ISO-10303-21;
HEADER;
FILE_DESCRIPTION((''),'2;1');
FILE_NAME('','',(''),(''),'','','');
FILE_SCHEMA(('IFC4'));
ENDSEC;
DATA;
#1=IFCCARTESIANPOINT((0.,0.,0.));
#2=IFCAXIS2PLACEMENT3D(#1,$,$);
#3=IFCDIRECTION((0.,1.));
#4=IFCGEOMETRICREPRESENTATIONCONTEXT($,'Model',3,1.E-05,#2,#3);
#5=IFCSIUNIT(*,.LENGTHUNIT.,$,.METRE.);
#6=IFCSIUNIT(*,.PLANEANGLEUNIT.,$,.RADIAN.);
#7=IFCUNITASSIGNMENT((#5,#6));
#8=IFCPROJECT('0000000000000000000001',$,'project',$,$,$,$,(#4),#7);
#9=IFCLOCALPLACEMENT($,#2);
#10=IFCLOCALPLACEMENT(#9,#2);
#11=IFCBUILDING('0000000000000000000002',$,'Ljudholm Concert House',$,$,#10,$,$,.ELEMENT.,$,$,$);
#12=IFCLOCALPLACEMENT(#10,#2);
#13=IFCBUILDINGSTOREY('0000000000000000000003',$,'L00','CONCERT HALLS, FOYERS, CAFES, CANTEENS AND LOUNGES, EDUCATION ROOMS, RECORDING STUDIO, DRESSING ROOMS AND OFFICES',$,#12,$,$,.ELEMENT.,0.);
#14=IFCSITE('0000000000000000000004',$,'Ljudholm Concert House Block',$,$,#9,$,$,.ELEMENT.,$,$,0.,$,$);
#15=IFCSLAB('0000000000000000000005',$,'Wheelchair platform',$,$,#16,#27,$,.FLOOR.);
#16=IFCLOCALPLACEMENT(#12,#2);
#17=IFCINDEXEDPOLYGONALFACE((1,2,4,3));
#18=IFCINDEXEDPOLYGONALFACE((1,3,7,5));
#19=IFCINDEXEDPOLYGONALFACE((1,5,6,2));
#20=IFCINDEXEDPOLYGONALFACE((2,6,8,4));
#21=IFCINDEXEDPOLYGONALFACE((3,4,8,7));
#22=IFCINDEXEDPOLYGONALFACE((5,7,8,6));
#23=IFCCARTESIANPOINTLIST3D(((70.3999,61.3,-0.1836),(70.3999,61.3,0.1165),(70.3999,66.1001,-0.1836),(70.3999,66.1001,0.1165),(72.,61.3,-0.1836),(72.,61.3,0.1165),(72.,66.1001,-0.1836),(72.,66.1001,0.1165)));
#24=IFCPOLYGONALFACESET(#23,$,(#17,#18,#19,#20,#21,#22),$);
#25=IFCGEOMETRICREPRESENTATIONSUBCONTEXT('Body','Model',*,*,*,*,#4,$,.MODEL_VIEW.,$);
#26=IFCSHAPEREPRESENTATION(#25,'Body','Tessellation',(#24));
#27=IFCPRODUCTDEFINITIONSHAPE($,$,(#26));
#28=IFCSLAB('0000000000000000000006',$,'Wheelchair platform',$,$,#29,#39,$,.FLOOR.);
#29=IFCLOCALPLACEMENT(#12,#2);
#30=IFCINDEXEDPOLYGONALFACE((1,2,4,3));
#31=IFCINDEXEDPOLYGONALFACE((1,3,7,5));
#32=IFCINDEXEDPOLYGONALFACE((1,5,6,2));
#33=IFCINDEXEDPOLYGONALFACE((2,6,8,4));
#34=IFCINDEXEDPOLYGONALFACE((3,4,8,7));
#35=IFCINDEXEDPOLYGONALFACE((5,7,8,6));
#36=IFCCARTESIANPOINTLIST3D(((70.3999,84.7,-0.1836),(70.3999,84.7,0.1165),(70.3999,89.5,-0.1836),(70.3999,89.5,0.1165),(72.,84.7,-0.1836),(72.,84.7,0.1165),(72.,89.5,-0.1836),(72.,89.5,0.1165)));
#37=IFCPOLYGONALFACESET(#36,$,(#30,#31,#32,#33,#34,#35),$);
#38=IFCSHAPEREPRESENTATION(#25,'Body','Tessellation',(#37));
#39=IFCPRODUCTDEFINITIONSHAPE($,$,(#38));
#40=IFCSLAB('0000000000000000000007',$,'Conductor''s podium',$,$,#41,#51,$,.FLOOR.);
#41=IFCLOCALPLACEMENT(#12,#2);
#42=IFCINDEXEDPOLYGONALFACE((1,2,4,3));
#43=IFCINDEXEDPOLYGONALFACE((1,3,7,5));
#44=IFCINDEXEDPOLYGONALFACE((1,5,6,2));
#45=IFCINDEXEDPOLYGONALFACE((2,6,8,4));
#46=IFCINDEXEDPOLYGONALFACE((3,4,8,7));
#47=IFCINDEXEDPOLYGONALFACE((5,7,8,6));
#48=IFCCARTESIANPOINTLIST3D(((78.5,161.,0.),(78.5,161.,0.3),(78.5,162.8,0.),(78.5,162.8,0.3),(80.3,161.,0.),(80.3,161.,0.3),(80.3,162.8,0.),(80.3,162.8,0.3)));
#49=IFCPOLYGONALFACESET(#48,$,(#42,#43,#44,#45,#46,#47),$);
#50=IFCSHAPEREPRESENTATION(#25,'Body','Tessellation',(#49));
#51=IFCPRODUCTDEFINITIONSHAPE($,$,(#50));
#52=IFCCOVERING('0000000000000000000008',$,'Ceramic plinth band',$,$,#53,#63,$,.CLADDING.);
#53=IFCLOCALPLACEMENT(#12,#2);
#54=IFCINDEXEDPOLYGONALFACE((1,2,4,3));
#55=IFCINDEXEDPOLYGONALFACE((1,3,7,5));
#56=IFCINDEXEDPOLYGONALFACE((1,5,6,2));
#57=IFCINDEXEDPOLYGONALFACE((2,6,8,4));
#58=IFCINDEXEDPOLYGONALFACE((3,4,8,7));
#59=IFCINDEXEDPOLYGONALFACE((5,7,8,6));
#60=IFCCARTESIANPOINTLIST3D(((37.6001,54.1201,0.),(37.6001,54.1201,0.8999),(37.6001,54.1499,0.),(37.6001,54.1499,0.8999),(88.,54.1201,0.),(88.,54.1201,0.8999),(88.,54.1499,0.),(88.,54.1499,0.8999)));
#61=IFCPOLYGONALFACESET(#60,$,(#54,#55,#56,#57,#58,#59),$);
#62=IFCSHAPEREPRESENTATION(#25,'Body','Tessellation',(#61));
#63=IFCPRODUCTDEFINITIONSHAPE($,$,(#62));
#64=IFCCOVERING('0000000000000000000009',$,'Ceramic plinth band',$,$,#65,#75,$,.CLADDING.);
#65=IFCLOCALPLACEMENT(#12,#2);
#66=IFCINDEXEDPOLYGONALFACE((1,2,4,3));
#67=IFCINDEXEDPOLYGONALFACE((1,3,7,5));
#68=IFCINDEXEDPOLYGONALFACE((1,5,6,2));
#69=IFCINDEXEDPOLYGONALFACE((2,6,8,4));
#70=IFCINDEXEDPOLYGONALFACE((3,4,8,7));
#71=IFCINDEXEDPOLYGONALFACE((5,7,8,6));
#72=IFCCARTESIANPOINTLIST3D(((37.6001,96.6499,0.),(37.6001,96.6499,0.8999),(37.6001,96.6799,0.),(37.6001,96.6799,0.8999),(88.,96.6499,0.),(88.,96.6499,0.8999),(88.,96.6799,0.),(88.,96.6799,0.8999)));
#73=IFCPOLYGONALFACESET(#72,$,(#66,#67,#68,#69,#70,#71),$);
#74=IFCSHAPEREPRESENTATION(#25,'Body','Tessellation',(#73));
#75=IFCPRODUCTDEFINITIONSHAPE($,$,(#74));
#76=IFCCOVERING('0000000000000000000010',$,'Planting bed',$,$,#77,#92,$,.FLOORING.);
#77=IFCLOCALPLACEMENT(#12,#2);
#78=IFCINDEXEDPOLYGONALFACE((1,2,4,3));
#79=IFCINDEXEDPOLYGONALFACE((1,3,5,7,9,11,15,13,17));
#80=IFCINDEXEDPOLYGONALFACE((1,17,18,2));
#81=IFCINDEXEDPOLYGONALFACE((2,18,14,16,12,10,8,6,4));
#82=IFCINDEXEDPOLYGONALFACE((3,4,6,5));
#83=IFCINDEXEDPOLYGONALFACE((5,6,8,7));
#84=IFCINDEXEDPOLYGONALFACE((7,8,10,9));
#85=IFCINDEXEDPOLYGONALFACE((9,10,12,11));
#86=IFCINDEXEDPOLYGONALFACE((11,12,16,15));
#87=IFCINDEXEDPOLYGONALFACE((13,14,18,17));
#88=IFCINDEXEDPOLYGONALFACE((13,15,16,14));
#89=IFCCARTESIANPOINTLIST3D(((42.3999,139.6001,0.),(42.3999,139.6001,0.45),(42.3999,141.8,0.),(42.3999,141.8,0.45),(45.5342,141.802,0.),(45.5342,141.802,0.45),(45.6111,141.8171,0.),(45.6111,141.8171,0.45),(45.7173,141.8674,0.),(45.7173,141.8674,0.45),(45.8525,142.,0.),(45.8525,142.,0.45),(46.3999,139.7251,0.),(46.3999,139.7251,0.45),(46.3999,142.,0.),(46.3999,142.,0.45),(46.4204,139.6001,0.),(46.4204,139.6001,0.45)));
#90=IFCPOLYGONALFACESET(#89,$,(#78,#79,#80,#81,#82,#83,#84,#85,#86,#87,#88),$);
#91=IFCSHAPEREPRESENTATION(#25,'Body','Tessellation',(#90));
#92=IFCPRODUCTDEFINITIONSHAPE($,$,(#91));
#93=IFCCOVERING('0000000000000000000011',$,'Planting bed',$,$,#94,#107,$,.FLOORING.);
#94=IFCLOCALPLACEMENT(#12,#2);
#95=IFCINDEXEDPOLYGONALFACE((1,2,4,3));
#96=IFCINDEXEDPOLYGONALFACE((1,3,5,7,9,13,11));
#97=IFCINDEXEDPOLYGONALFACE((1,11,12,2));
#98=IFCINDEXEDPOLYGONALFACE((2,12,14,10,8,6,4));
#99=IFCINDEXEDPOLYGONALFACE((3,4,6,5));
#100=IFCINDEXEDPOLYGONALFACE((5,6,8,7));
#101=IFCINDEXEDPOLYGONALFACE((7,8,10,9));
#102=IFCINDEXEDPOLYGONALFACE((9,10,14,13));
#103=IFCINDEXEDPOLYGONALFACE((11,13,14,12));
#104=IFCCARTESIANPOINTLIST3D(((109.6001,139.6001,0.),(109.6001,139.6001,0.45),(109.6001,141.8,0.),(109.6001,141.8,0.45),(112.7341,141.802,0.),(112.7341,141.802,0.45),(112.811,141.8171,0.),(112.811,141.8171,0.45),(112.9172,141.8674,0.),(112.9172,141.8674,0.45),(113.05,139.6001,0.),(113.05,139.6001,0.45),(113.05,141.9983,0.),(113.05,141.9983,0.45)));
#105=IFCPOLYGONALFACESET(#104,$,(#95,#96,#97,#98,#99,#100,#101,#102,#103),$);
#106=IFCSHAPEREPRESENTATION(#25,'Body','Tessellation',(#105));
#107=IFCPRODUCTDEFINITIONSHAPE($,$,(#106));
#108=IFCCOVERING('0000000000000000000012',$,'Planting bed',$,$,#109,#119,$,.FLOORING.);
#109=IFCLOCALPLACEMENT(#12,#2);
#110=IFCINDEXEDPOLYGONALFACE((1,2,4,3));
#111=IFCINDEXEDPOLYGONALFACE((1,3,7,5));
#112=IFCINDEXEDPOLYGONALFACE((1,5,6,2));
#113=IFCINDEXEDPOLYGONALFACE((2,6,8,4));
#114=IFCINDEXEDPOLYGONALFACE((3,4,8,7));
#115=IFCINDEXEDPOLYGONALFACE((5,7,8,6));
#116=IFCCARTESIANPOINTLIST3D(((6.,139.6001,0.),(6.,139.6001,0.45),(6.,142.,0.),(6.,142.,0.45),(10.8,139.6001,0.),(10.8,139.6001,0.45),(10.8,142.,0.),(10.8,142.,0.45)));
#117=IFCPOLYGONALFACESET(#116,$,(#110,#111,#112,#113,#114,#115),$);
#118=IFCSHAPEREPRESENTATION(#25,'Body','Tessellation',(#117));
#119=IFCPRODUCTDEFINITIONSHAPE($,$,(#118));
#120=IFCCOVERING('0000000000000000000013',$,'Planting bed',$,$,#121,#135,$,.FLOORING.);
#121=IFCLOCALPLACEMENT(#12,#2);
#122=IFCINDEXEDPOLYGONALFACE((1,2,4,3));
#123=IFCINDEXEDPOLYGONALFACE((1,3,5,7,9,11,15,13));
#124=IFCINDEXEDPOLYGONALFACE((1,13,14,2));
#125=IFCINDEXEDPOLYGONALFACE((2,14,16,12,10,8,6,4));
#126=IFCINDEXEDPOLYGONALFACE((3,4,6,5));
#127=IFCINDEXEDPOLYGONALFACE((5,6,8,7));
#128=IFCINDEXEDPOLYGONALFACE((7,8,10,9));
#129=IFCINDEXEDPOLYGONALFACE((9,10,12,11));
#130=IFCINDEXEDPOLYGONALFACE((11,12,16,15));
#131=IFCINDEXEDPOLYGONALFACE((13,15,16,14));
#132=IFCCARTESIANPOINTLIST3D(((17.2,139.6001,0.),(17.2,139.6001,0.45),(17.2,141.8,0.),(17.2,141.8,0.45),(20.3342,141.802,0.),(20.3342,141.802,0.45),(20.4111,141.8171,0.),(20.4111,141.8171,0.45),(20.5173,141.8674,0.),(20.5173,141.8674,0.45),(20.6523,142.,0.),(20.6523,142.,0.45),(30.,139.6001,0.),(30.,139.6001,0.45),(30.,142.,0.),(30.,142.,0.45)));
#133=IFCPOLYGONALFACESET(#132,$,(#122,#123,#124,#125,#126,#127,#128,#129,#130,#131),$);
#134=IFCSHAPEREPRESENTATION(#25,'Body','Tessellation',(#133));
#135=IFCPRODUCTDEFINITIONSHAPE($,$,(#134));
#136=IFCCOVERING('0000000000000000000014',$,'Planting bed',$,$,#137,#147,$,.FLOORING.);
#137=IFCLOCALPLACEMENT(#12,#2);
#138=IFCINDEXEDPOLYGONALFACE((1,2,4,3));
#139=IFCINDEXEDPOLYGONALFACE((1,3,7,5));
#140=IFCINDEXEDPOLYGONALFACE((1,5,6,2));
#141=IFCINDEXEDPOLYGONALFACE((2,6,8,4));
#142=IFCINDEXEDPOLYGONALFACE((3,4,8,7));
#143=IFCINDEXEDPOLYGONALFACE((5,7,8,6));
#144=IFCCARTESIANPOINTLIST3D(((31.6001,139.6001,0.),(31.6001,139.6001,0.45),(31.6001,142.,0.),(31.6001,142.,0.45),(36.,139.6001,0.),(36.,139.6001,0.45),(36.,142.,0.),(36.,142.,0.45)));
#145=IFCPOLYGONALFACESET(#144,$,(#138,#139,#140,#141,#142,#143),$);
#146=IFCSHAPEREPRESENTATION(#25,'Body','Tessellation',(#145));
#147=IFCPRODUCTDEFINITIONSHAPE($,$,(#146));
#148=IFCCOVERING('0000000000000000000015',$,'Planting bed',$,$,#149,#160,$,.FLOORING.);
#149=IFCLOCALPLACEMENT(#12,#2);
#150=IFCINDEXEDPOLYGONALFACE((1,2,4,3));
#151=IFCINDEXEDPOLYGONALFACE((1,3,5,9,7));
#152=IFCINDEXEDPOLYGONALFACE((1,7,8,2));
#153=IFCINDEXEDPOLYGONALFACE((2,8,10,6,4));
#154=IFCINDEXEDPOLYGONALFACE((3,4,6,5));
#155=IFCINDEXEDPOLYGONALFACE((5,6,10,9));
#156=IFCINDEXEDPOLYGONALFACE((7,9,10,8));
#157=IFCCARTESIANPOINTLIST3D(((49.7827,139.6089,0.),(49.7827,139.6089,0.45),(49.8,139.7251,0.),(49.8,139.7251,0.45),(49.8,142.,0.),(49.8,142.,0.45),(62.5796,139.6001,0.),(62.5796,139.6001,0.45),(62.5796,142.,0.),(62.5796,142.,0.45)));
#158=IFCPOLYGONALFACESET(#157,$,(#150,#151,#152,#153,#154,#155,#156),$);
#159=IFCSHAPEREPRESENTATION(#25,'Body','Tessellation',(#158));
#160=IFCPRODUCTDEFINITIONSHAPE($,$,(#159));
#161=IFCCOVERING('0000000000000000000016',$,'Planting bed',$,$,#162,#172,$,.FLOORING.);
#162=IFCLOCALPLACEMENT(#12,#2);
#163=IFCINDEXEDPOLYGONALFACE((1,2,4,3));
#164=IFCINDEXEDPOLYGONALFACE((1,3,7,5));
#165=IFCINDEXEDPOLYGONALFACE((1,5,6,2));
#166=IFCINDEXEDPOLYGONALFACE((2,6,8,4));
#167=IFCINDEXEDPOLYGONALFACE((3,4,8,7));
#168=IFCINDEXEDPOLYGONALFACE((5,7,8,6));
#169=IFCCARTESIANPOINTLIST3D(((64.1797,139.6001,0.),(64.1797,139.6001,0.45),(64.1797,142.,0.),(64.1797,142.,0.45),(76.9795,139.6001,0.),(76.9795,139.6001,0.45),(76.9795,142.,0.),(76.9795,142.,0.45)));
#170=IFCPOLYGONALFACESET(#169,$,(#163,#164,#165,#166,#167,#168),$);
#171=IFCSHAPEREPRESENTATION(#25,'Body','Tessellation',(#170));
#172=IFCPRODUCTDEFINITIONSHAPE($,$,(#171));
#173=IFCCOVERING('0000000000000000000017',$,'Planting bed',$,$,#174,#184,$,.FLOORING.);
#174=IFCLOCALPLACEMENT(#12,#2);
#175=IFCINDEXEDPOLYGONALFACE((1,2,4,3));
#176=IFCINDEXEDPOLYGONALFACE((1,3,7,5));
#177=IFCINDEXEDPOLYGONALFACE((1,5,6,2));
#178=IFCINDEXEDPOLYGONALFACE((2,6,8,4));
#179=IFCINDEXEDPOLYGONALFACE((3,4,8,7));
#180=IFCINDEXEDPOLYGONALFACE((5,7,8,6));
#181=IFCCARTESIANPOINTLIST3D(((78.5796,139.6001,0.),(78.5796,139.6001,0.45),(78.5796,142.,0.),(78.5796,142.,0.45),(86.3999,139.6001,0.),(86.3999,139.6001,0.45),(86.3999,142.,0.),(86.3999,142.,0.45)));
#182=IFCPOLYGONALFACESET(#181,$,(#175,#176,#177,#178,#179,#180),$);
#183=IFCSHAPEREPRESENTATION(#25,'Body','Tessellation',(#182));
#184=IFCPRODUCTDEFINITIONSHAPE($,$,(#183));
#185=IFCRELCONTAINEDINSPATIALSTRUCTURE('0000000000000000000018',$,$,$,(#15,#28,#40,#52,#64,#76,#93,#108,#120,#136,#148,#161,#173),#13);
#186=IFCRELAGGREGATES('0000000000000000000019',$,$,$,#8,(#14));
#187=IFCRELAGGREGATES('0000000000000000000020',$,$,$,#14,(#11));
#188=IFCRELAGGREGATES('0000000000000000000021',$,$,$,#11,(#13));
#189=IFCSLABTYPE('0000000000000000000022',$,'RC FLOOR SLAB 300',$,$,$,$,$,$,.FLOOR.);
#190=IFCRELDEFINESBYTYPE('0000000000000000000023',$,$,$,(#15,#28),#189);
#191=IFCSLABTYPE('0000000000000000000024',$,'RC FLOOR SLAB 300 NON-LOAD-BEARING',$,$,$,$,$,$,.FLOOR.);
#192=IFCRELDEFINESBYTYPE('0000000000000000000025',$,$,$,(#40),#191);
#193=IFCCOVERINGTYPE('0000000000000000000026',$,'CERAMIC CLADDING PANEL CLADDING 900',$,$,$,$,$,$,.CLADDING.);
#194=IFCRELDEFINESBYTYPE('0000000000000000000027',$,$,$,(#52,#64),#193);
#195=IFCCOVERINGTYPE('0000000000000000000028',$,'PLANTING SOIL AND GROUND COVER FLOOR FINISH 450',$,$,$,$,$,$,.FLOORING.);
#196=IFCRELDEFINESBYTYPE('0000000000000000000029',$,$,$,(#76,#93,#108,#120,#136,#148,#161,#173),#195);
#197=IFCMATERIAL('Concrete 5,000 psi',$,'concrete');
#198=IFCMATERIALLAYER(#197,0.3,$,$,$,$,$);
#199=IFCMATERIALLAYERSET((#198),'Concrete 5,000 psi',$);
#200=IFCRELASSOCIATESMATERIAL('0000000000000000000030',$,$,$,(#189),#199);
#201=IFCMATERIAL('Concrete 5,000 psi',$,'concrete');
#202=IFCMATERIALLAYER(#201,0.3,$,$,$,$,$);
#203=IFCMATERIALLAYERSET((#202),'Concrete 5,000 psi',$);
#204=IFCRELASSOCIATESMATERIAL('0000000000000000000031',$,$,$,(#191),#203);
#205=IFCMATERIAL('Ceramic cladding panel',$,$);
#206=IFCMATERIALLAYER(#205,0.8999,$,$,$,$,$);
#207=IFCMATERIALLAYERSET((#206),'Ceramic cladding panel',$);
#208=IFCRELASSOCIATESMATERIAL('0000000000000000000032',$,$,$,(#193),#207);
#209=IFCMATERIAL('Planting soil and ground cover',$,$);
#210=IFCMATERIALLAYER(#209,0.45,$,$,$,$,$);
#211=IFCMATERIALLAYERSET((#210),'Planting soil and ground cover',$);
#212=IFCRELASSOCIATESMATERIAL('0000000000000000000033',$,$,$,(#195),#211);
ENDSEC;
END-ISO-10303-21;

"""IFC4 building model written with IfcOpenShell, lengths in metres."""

from ifc_helpers import new_model, si_unit, direction, frame, origin, place, context, subcontext, project, spatial, polyline, outline, extrude, material, layer, layer_set, type_object, element, save


model = new_model("IFC4")

# Units and contexts
model_context = context("Model", 3, precision=1e-05, world=origin(), true_north=direction((0.0, 1.0)))
body_context = subcontext(model_context, "Body", "Model", "MODEL_VIEW")
ifc_project = project(units=[si_unit("LENGTHUNIT", "METRE"), si_unit("PLANEANGLEUNIT", "RADIAN")], contexts=[model_context])

# Site, building, storey
site_placement = place(None, origin())
site = spatial("IfcSite", under=ifc_project, at=site_placement, Name="Ljudholm Concert House Block", CompositionType="ELEMENT", RefElevation=0.0)
building_placement = place(site_placement, origin())
building = spatial("IfcBuilding", under=site, at=building_placement, Name="Ljudholm Concert House", CompositionType="ELEMENT")
storey_placement = place(building_placement, origin())
storey = spatial("IfcBuildingStorey", under=building, at=storey_placement, Name="L00", Description="CONCERT HALLS, FOYERS, CAFES, CANTEENS AND LOUNGES, EDUCATION ROOMS, RECORDING STUDIO, DRESSING ROOMS AND OFFICES", CompositionType="ELEMENT", Elevation=0.0)

# Slabs
ifc_material_1 = material(Name="Concrete 5,000 psi", Category="concrete")
ifc_layer_1 = layer(ifc_material_1, 0.3)
ifc_layer_set_1 = layer_set([ifc_layer_1], Name="Concrete 5,000 psi")
slab_type_1 = type_object("IfcSlabType", Name="RC FLOOR SLAB 300", PredefinedType="FLOOR", material=ifc_layer_set_1)
slab_1_placement = place(storey_placement, frame((0.0, 0.0, -0.1836)))
element("IfcSlab", 1, at=slab_1_placement, inside=storey, type_object=slab_type_1, Name="Wheelchair platform", PredefinedType="FLOOR", context=body_context, shape_type="SweptSolid", body=[
    extrude(outline(polyline([(70.3999, 61.3), (72.0, 61.3), (72.0, 66.1001), (70.3999, 66.1001), (70.3999, 61.3)])), origin(), (0.0, 0.0, 1.0), 0.3),
])
slab_2_placement = place(storey_placement, frame((0.0, 0.0, -0.1836)))
element("IfcSlab", 2, at=slab_2_placement, inside=storey, type_object=slab_type_1, Name="Wheelchair platform", PredefinedType="FLOOR", context=body_context, shape_type="SweptSolid", body=[
    extrude(outline(polyline([(70.3999, 84.7), (72.0, 84.7), (72.0, 89.5), (70.3999, 89.5), (70.3999, 84.7)])), origin(), (0.0, 0.0, 1.0), 0.3),
])
ifc_material_2 = material(Name="Concrete 5,000 psi", Category="concrete")
ifc_layer_2 = layer(ifc_material_2, 0.3)
ifc_layer_set_2 = layer_set([ifc_layer_2], Name="Concrete 5,000 psi")
slab_type_2 = type_object("IfcSlabType", Name="RC FLOOR SLAB 300 NON-LOAD-BEARING", PredefinedType="FLOOR", material=ifc_layer_set_2)
slab_3_placement = place(storey_placement, origin())
element("IfcSlab", 3, at=slab_3_placement, inside=storey, type_object=slab_type_2, Name="Conductor's podium", PredefinedType="FLOOR", context=body_context, shape_type="SweptSolid", body=[
    extrude(outline(polyline([(78.5, 161.0), (80.3, 161.0), (80.3, 162.8), (78.5, 162.8), (78.5, 161.0)])), origin(), (0.0, 0.0, 1.0), 0.3),
])

# Coverings
ifc_material_3 = material(Name="Ceramic cladding panel")
ifc_layer_3 = layer(ifc_material_3, 0.8999)
ifc_layer_set_3 = layer_set([ifc_layer_3], Name="Ceramic cladding panel")
covering_type_1 = type_object("IfcCoveringType", Name="CERAMIC CLADDING PANEL CLADDING 900", PredefinedType="CLADDING", material=ifc_layer_set_3)
covering_1_placement = place(storey_placement, origin())
element("IfcCovering", 4, at=covering_1_placement, inside=storey, type_object=covering_type_1, Name="Ceramic plinth band", PredefinedType="CLADDING", context=body_context, shape_type="SweptSolid", body=[
    extrude(outline(polyline([(37.6001, 54.1201), (88.0, 54.1201), (88.0, 54.1499), (37.6001, 54.1499), (37.6001, 54.1201)])), origin(), (0.0, 0.0, 1.0), 0.8999),
])
covering_2_placement = place(storey_placement, origin())
element("IfcCovering", 5, at=covering_2_placement, inside=storey, type_object=covering_type_1, Name="Ceramic plinth band", PredefinedType="CLADDING", context=body_context, shape_type="SweptSolid", body=[
    extrude(outline(polyline([(37.6001, 96.6499), (88.0, 96.6499), (88.0, 96.6799), (37.6001, 96.6799), (37.6001, 96.6499)])), origin(), (0.0, 0.0, 1.0), 0.8999),
])
ifc_material_4 = material(Name="Planting soil and ground cover")
ifc_layer_4 = layer(ifc_material_4, 0.45)
ifc_layer_set_4 = layer_set([ifc_layer_4], Name="Planting soil and ground cover")
covering_type_2 = type_object("IfcCoveringType", Name="PLANTING SOIL AND GROUND COVER FLOOR FINISH 450", PredefinedType="FLOORING", material=ifc_layer_set_4)
covering_3_placement = place(storey_placement, origin())
element("IfcCovering", 6, at=covering_3_placement, inside=storey, type_object=covering_type_2, Name="Planting bed", PredefinedType="FLOORING", context=body_context, shape_type="SweptSolid", body=[
    extrude(outline(polyline([(42.3999, 139.6001), (42.3999, 141.8), (45.5342, 141.802), (45.6111, 141.8171), (45.7173, 141.8674), (45.8525, 142.0), (46.3999, 142.0), (46.3999, 139.7251), (46.4204, 139.6001), (42.3999, 139.6001)])), origin(), (0.0, 0.0, 1.0), 0.45),
])
covering_4_placement = place(storey_placement, origin())
element("IfcCovering", 7, at=covering_4_placement, inside=storey, type_object=covering_type_2, Name="Planting bed", PredefinedType="FLOORING", context=body_context, shape_type="SweptSolid", body=[
    extrude(outline(polyline([(109.6001, 139.6001), (109.6001, 141.8), (112.7341, 141.802), (112.811, 141.8171), (112.9172, 141.8674), (113.05, 141.9983), (113.05, 139.6001), (109.6001, 139.6001)])), origin(), (0.0, 0.0, 1.0), 0.45),
])
covering_5_placement = place(storey_placement, origin())
element("IfcCovering", 8, at=covering_5_placement, inside=storey, type_object=covering_type_2, Name="Planting bed", PredefinedType="FLOORING", context=body_context, shape_type="SweptSolid", body=[
    extrude(outline(polyline([(6.0, 139.6001), (6.0, 142.0), (10.8, 142.0), (10.8, 139.6001), (6.0, 139.6001)])), origin(), (0.0, 0.0, 1.0), 0.45),
])
covering_6_placement = place(storey_placement, origin())
element("IfcCovering", 9, at=covering_6_placement, inside=storey, type_object=covering_type_2, Name="Planting bed", PredefinedType="FLOORING", context=body_context, shape_type="SweptSolid", body=[
    extrude(outline(polyline([(17.2, 141.8), (20.3342, 141.802), (20.4111, 141.8171), (20.5173, 141.8674), (20.6523, 142.0), (30.0, 142.0), (30.0, 139.6001), (17.2, 139.6001), (17.2, 141.8)])), origin(), (0.0, 0.0, 1.0), 0.45),
])
covering_7_placement = place(storey_placement, origin())
element("IfcCovering", 10, at=covering_7_placement, inside=storey, type_object=covering_type_2, Name="Planting bed", PredefinedType="FLOORING", context=body_context, shape_type="SweptSolid", body=[
    extrude(outline(polyline([(36.0, 142.0), (36.0, 139.6001), (31.6001, 139.6001), (31.6001, 142.0), (36.0, 142.0)])), origin(), (0.0, 0.0, 1.0), 0.45),
])
covering_8_placement = place(storey_placement, origin())
element("IfcCovering", 11, at=covering_8_placement, inside=storey, type_object=covering_type_2, Name="Planting bed", PredefinedType="FLOORING", context=body_context, shape_type="SweptSolid", body=[
    extrude(outline(polyline([(49.7827, 139.6089), (49.8, 139.7251), (49.8, 142.0), (62.5796, 142.0), (62.5796, 139.6001), (49.7827, 139.6089)])), origin(), (0.0, 0.0, 1.0), 0.45),
])
covering_9_placement = place(storey_placement, origin())
element("IfcCovering", 12, at=covering_9_placement, inside=storey, type_object=covering_type_2, Name="Planting bed", PredefinedType="FLOORING", context=body_context, shape_type="SweptSolid", body=[
    extrude(outline(polyline([(76.9795, 142.0), (76.9795, 139.6001), (64.1797, 139.6001), (64.1797, 142.0), (76.9795, 142.0)])), origin(), (0.0, 0.0, 1.0), 0.45),
])
covering_10_placement = place(storey_placement, origin())
element("IfcCovering", 13, at=covering_10_placement, inside=storey, type_object=covering_type_2, Name="Planting bed", PredefinedType="FLOORING", context=body_context, shape_type="SweptSolid", body=[
    extrude(outline(polyline([(86.3999, 142.0), (86.3999, 139.6001), (78.5796, 139.6001), (78.5796, 142.0), (86.3999, 142.0)])), origin(), (0.0, 0.0, 1.0), 0.45),
])

save(model, "model.ifc")
